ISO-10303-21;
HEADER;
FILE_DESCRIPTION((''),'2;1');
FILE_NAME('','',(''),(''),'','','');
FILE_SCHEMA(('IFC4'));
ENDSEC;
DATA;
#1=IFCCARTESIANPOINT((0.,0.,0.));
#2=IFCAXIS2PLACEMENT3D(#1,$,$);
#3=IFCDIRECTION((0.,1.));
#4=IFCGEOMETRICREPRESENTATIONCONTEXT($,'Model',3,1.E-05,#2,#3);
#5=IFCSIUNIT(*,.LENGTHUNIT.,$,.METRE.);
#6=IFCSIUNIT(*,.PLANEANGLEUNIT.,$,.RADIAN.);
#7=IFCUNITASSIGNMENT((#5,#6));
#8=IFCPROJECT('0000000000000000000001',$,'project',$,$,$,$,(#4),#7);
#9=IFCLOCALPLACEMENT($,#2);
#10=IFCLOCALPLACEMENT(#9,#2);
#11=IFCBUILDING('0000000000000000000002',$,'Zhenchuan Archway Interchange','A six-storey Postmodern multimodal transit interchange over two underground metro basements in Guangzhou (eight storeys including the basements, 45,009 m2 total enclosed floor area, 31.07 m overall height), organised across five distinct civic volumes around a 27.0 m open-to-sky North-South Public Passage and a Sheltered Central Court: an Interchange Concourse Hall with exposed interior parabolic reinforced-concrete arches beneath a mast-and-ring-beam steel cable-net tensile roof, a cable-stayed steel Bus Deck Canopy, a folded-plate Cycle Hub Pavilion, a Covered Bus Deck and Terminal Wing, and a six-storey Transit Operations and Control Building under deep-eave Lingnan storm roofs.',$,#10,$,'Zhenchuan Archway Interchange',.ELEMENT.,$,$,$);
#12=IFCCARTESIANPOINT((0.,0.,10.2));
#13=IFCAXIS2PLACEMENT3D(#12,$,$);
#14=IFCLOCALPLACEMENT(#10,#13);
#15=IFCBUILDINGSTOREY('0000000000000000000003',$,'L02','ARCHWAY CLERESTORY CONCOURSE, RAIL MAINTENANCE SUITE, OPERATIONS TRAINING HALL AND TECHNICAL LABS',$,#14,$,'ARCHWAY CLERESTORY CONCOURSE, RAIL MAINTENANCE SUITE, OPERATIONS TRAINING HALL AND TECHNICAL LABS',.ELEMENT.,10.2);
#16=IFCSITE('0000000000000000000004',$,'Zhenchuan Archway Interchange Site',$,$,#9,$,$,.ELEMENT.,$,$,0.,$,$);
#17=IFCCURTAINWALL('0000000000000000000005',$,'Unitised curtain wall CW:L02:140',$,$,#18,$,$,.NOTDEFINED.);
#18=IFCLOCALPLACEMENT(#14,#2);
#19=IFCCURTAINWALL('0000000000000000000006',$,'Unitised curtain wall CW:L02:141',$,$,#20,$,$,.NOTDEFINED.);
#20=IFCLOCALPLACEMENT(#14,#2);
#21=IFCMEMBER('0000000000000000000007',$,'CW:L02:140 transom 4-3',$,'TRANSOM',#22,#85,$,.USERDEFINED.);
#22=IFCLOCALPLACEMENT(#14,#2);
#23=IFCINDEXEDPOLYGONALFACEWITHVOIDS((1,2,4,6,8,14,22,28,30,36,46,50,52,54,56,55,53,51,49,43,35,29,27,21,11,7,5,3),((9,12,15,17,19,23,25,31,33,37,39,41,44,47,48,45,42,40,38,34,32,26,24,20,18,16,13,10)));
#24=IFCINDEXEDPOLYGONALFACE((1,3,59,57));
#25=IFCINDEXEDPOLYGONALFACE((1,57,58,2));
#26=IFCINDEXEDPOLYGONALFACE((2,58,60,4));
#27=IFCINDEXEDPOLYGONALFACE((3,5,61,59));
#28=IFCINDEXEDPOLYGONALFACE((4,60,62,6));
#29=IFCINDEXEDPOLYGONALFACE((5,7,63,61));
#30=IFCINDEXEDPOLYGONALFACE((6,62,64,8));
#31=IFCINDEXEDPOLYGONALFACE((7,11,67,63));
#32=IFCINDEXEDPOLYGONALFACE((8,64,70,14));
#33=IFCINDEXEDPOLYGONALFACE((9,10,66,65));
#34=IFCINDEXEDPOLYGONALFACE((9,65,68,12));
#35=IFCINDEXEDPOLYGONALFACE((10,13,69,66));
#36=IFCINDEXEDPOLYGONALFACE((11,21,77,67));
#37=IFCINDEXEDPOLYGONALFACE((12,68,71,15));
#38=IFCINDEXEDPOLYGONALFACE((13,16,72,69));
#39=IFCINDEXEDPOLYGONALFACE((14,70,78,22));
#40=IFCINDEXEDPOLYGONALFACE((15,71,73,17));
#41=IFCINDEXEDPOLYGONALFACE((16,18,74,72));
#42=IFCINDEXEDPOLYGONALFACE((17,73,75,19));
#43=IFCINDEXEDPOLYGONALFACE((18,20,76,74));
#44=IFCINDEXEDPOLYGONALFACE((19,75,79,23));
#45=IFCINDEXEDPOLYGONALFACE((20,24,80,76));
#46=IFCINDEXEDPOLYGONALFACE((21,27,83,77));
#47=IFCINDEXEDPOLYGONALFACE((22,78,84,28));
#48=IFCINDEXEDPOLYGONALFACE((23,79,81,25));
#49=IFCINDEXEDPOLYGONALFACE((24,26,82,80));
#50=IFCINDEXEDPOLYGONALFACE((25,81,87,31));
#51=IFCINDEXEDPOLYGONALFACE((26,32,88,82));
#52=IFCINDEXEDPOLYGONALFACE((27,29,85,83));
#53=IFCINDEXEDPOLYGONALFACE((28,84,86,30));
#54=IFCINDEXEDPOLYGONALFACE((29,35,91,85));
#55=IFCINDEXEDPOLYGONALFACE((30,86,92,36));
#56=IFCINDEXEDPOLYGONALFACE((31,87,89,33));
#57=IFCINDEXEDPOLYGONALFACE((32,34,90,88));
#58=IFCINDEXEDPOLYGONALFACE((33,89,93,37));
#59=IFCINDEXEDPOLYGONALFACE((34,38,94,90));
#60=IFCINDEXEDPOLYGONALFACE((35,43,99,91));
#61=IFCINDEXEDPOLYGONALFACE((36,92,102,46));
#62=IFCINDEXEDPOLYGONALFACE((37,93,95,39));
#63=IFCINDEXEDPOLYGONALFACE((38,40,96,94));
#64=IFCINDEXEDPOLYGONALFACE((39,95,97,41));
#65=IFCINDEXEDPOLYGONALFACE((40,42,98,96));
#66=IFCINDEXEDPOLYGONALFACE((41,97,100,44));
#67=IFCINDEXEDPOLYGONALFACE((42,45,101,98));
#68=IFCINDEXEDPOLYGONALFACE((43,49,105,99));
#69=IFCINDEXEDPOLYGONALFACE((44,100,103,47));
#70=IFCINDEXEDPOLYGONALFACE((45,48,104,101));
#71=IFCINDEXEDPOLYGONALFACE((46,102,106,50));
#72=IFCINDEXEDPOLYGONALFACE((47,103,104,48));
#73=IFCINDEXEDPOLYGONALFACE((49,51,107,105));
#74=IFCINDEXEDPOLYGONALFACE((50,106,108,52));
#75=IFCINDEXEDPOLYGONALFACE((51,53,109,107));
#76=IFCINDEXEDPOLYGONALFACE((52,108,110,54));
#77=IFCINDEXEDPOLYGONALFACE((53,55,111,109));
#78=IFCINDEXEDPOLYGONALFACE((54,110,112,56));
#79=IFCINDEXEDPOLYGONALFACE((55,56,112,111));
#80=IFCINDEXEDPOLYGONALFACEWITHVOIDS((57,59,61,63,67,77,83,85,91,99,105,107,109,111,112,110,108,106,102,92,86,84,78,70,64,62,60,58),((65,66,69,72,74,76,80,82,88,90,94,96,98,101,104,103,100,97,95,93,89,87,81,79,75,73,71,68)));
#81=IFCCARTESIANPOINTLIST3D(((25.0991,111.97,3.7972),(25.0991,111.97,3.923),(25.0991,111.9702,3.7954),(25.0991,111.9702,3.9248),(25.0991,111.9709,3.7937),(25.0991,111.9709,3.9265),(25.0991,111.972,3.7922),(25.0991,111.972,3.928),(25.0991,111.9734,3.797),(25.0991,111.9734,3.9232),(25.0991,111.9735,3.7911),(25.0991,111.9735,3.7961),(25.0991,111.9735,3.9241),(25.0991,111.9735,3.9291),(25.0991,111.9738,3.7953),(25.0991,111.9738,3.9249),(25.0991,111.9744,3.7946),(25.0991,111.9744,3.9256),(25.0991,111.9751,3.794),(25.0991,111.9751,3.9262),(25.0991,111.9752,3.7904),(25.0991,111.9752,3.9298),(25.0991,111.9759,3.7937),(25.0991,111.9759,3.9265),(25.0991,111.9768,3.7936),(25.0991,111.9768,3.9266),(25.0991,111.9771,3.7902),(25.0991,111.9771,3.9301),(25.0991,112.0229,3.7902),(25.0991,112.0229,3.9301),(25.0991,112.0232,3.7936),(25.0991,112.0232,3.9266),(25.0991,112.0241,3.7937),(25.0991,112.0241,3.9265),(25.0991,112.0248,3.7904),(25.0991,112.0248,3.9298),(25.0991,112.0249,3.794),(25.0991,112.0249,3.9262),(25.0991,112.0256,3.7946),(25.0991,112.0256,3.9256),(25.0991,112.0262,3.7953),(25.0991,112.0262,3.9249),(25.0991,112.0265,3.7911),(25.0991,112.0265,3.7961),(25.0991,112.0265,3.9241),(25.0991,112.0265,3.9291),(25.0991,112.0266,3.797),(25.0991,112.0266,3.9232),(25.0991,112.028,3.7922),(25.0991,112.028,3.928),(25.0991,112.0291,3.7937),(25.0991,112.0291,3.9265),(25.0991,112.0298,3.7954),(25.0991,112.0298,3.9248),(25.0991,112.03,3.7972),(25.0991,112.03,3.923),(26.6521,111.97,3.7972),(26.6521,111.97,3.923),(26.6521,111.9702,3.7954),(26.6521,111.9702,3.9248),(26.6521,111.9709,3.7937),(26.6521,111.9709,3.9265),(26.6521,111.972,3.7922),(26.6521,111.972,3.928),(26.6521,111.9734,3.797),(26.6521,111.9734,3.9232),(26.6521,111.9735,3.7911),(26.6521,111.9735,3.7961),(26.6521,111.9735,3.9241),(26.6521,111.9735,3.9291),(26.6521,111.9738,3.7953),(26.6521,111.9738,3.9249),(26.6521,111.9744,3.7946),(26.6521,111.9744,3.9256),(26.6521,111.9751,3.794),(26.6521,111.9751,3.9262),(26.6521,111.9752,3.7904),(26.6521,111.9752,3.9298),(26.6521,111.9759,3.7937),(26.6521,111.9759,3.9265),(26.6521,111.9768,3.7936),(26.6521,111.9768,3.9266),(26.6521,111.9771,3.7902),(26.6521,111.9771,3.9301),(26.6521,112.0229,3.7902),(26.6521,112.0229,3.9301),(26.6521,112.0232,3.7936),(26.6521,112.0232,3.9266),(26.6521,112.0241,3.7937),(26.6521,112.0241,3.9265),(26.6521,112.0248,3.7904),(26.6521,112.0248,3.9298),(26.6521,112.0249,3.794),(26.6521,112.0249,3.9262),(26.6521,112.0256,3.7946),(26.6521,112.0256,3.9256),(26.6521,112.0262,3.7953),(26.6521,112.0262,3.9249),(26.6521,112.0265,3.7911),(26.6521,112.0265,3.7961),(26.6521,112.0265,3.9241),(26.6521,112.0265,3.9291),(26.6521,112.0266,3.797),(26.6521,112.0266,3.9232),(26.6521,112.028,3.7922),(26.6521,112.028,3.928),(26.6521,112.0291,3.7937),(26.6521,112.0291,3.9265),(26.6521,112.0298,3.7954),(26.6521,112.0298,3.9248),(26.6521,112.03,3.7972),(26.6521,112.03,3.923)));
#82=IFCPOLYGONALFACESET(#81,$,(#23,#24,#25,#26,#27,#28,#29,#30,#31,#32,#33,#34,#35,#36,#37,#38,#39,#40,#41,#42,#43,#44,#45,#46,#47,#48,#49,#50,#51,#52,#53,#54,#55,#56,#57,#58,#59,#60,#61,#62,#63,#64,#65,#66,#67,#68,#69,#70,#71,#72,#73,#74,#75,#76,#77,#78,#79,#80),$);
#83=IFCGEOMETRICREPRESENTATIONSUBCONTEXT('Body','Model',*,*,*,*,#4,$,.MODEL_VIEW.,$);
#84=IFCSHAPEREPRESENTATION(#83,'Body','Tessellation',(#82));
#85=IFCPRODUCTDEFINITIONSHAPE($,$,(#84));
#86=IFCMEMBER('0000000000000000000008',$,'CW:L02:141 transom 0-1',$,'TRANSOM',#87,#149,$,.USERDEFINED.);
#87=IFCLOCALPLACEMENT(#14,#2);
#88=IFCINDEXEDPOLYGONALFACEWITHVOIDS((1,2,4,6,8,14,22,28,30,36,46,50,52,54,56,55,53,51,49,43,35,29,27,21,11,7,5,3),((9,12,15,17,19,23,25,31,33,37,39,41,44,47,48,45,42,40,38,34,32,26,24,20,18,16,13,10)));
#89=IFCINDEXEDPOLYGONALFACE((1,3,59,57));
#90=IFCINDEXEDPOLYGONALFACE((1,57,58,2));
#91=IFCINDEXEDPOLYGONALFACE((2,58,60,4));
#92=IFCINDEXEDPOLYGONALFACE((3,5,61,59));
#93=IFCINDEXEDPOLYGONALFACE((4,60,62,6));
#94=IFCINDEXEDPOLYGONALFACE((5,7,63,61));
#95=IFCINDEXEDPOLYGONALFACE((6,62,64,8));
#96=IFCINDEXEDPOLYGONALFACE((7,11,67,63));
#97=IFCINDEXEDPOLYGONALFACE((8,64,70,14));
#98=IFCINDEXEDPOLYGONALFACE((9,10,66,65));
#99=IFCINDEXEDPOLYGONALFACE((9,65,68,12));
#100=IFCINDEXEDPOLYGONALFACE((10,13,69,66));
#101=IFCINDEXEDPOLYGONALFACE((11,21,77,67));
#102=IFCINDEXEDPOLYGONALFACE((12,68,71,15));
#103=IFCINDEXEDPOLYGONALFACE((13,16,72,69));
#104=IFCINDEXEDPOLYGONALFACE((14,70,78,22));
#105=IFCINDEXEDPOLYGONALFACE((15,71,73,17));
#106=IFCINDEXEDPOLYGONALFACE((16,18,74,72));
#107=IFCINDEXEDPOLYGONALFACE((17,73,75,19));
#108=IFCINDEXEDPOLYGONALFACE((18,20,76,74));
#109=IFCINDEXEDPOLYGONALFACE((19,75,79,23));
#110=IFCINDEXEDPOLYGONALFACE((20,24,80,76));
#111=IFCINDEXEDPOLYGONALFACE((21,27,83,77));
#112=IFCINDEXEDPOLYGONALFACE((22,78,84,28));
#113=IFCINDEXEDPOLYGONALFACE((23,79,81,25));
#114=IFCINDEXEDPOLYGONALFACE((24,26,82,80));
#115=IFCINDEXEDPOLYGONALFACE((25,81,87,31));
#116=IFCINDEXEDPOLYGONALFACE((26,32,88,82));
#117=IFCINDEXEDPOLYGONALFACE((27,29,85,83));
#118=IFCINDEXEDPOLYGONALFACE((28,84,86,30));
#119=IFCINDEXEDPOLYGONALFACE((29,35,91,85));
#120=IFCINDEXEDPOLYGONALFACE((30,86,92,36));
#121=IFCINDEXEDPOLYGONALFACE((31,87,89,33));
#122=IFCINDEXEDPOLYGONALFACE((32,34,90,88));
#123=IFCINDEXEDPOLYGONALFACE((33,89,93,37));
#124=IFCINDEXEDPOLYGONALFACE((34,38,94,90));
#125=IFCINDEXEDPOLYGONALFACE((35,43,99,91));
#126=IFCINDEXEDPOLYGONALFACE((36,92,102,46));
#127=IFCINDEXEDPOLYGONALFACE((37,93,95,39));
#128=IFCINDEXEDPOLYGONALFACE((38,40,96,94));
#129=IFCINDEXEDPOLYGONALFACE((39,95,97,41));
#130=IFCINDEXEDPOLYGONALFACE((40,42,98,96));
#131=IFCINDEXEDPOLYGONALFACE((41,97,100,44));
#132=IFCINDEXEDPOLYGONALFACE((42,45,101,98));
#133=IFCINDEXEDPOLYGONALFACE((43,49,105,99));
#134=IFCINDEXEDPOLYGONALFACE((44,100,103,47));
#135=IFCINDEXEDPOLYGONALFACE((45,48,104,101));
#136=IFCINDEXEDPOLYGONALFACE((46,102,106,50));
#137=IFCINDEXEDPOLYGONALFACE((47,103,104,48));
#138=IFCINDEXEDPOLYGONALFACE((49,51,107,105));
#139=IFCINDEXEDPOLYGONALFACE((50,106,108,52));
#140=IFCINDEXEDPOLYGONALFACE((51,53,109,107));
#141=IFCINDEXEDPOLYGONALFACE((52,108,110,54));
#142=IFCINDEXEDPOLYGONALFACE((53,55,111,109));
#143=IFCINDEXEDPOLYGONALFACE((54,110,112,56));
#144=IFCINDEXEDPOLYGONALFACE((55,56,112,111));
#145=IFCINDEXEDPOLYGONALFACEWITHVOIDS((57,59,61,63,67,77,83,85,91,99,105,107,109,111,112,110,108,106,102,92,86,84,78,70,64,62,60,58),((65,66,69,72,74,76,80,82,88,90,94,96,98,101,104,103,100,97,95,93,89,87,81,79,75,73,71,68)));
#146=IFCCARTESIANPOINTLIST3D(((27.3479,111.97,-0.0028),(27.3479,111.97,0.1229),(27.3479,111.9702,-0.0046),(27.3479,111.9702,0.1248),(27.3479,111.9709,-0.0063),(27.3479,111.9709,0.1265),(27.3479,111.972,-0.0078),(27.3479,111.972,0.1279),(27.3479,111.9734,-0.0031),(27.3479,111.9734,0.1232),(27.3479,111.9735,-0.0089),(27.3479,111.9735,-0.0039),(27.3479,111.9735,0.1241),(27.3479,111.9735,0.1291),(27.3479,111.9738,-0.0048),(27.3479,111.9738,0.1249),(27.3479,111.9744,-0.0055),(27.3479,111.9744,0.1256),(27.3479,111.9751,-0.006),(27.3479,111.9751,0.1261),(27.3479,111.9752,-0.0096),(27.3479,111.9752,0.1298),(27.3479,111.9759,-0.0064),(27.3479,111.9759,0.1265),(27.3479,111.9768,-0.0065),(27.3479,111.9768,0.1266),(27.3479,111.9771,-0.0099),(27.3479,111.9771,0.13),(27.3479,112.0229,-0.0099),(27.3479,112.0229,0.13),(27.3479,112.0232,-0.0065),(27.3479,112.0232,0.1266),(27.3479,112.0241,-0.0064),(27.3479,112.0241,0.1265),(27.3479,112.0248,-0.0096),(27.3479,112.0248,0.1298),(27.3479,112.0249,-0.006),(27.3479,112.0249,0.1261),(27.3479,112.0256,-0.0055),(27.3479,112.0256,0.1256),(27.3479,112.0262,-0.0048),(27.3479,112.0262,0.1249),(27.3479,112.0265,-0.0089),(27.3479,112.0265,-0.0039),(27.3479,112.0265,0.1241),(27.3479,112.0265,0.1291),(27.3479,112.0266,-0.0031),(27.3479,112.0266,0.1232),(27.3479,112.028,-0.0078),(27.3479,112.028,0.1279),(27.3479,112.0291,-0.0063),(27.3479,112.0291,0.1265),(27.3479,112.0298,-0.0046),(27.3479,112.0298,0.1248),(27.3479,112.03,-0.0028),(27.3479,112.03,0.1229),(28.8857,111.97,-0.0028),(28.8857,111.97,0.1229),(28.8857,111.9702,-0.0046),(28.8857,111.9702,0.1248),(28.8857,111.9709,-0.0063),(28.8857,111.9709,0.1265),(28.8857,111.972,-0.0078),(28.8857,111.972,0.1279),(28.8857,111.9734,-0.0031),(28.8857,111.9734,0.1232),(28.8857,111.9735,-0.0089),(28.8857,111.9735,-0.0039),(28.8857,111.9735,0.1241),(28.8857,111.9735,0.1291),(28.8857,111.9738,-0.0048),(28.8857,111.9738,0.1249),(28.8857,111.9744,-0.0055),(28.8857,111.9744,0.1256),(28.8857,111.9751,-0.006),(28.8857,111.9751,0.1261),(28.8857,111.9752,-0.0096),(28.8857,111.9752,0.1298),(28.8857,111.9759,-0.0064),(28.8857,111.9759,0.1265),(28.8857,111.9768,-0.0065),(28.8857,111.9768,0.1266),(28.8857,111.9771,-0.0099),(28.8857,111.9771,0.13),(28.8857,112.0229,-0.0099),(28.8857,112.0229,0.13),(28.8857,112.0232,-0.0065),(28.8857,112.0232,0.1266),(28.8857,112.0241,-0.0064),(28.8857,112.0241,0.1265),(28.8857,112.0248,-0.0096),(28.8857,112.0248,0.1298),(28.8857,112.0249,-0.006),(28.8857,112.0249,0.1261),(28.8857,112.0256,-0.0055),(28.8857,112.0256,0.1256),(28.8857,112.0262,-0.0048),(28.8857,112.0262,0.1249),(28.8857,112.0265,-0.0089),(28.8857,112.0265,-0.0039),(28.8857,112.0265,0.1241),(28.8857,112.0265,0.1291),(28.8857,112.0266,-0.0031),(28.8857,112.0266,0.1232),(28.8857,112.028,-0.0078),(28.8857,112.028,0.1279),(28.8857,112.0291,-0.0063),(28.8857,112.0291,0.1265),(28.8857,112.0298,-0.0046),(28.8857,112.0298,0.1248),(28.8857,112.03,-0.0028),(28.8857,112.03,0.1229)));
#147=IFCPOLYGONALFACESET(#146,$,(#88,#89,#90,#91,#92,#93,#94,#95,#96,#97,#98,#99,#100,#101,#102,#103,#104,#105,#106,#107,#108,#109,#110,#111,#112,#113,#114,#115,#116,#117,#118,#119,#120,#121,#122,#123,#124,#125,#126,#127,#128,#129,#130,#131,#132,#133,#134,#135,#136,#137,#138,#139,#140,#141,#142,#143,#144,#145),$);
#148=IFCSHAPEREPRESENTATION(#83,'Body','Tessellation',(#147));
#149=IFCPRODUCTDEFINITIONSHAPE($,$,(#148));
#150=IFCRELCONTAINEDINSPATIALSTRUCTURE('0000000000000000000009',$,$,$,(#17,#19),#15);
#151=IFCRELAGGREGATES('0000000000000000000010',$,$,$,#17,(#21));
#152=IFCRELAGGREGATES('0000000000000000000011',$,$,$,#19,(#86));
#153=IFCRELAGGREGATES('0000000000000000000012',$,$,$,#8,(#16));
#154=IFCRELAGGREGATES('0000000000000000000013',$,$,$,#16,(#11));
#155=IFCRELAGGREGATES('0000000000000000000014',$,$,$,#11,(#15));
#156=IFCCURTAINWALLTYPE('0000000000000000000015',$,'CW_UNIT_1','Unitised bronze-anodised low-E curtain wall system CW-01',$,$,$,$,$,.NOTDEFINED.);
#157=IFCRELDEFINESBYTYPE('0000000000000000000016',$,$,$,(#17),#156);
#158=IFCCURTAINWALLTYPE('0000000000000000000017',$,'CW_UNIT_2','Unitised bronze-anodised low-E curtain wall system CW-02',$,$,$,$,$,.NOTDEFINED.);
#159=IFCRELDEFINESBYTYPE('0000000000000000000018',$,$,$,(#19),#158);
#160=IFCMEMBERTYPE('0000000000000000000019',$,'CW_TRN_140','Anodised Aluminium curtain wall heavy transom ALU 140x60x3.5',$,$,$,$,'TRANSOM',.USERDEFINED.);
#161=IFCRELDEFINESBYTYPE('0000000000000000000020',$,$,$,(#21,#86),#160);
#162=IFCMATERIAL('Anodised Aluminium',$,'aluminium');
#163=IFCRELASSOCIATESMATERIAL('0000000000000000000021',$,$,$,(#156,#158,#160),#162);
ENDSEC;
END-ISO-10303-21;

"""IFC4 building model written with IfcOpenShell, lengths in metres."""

from ifc_helpers import new_model, si_unit, direction, frame, origin, origin_2d, place, context, subcontext, project, spatial, hollow_rectangle, extrude, material, material_profile, profile_set, type_object, element, aggregate, save


model = new_model("IFC4")

# Units and contexts
model_context = context("Model", 3, precision=1e-05, world=origin(), true_north=direction((0.0, 1.0)))
body_context = subcontext(model_context, "Body", "Model", "MODEL_VIEW")
ifc_project = project(units=[si_unit("LENGTHUNIT", "METRE"), si_unit("PLANEANGLEUNIT", "RADIAN")], contexts=[model_context])

# Site, building, storey
site_placement = place(None, origin())
site = spatial("IfcSite", under=ifc_project, at=site_placement, Name="Zhenchuan Archway Interchange Site", CompositionType="ELEMENT", RefElevation=0.0)
building_placement = place(site_placement, origin())
building = spatial("IfcBuilding", under=site, at=building_placement, Name="Zhenchuan Archway Interchange", Description="A six-storey Postmodern multimodal transit interchange over two underground metro basements in Guangzhou (eight storeys including the basements, 45,009 m2 total enclosed floor area, 31.07 m overall height), organised across five distinct civic volumes around a 27.0 m open-to-sky North-South Public Passage and a Sheltered Central Court: an Interchange Concourse Hall with exposed interior parabolic reinforced-concrete arches beneath a mast-and-ring-beam steel cable-net tensile roof, a cable-stayed steel Bus Deck Canopy, a folded-plate Cycle Hub Pavilion, a Covered Bus Deck and Terminal Wing, and a six-storey Transit Operations and Control Building under deep-eave Lingnan storm roofs.", LongName="Zhenchuan Archway Interchange", CompositionType="ELEMENT")
storey_placement = place(building_placement, frame((0.0, 0.0, 10.2)))
storey = spatial("IfcBuildingStorey", under=building, at=storey_placement, Name="L02", Description="ARCHWAY CLERESTORY CONCOURSE, RAIL MAINTENANCE SUITE, OPERATIONS TRAINING HALL AND TECHNICAL LABS", LongName="ARCHWAY CLERESTORY CONCOURSE, RAIL MAINTENANCE SUITE, OPERATIONS TRAINING HALL AND TECHNICAL LABS", CompositionType="ELEMENT", Elevation=10.2)

# Curtain walls
ifc_material_1 = material(Name="Anodised Aluminium", Category="aluminium")
curtain_wall_type_1 = type_object("IfcCurtainWallType", Name="CW_UNIT_1", Description="Unitised bronze-anodised low-E curtain wall system CW-01", PredefinedType="NOTDEFINED", material=ifc_material_1)
curtain_wall_1_placement = place(storey_placement, origin())
curtain_wall_1 = element("IfcCurtainWall", 1, at=curtain_wall_1_placement, inside=storey, type_object=curtain_wall_type_1, Name="Unitised curtain wall CW:L02:140", PredefinedType="NOTDEFINED")
curtain_wall_type_2 = type_object("IfcCurtainWallType", Name="CW_UNIT_2", Description="Unitised bronze-anodised low-E curtain wall system CW-02", PredefinedType="NOTDEFINED", material=ifc_material_1)
curtain_wall_2_placement = place(storey_placement, origin())
curtain_wall_2 = element("IfcCurtainWall", 2, at=curtain_wall_2_placement, inside=storey, type_object=curtain_wall_type_2, Name="Unitised curtain wall CW:L02:141", PredefinedType="NOTDEFINED")

# Members
ifc_material_profile_1 = material_profile(ifc_material_1, hollow_rectangle(XDim=0.0601, YDim=0.1399, WallThickness=0.0034, InnerFilletRadius=0.0034, OuterFilletRadius=0.0071, at=origin_2d()), Name="ALU 140x60x3.5")
ifc_profile_set_1 = profile_set([ifc_material_profile_1], Name="Anodised Aluminium")
member_type_1 = type_object("IfcMemberType", Name="CW_TRN_140", Description="Anodised Aluminium curtain wall heavy transom ALU 140x60x3.5", ElementType="TRANSOM", PredefinedType="USERDEFINED", material=ifc_profile_set_1)
member_1_placement = place(storey_placement, frame((25.0991, 112.0, 3.8601), z_axis=(1.0, 0.0, 0.0), x_axis=(0.0, 1.0, 0.0)))
member_1 = element("IfcMember", 3, at=member_1_placement, type_object=member_type_1, Name="CW:L02:140 transom 4-3", ObjectType="TRANSOM", PredefinedType="USERDEFINED", context=body_context, shape_type="SweptSolid", body=[
    extrude(hollow_rectangle(XDim=0.0601, YDim=0.1399, WallThickness=0.0034, InnerFilletRadius=0.0034, OuterFilletRadius=0.0071, at=origin_2d()), origin(), (0.0, 0.0, 1.0), 1.553),
])
member_2_placement = place(storey_placement, frame((27.3479, 112.0, 0.0601), z_axis=(1.0, 0.0, 0.0), x_axis=(0.0, 1.0, 0.0)))
member_2 = element("IfcMember", 4, at=member_2_placement, type_object=member_type_1, Name="CW:L02:141 transom 0-1", ObjectType="TRANSOM", PredefinedType="USERDEFINED", context=body_context, shape_type="SweptSolid", body=[
    extrude(hollow_rectangle(XDim=0.0601, YDim=0.1399, WallThickness=0.0034, InnerFilletRadius=0.0034, OuterFilletRadius=0.0071, at=origin_2d()), origin(), (0.0, 0.0, 1.0), 1.5378),
])

aggregate(curtain_wall_1, [member_1])
aggregate(curtain_wall_2, [member_2])

save(model, "model.ifc")
